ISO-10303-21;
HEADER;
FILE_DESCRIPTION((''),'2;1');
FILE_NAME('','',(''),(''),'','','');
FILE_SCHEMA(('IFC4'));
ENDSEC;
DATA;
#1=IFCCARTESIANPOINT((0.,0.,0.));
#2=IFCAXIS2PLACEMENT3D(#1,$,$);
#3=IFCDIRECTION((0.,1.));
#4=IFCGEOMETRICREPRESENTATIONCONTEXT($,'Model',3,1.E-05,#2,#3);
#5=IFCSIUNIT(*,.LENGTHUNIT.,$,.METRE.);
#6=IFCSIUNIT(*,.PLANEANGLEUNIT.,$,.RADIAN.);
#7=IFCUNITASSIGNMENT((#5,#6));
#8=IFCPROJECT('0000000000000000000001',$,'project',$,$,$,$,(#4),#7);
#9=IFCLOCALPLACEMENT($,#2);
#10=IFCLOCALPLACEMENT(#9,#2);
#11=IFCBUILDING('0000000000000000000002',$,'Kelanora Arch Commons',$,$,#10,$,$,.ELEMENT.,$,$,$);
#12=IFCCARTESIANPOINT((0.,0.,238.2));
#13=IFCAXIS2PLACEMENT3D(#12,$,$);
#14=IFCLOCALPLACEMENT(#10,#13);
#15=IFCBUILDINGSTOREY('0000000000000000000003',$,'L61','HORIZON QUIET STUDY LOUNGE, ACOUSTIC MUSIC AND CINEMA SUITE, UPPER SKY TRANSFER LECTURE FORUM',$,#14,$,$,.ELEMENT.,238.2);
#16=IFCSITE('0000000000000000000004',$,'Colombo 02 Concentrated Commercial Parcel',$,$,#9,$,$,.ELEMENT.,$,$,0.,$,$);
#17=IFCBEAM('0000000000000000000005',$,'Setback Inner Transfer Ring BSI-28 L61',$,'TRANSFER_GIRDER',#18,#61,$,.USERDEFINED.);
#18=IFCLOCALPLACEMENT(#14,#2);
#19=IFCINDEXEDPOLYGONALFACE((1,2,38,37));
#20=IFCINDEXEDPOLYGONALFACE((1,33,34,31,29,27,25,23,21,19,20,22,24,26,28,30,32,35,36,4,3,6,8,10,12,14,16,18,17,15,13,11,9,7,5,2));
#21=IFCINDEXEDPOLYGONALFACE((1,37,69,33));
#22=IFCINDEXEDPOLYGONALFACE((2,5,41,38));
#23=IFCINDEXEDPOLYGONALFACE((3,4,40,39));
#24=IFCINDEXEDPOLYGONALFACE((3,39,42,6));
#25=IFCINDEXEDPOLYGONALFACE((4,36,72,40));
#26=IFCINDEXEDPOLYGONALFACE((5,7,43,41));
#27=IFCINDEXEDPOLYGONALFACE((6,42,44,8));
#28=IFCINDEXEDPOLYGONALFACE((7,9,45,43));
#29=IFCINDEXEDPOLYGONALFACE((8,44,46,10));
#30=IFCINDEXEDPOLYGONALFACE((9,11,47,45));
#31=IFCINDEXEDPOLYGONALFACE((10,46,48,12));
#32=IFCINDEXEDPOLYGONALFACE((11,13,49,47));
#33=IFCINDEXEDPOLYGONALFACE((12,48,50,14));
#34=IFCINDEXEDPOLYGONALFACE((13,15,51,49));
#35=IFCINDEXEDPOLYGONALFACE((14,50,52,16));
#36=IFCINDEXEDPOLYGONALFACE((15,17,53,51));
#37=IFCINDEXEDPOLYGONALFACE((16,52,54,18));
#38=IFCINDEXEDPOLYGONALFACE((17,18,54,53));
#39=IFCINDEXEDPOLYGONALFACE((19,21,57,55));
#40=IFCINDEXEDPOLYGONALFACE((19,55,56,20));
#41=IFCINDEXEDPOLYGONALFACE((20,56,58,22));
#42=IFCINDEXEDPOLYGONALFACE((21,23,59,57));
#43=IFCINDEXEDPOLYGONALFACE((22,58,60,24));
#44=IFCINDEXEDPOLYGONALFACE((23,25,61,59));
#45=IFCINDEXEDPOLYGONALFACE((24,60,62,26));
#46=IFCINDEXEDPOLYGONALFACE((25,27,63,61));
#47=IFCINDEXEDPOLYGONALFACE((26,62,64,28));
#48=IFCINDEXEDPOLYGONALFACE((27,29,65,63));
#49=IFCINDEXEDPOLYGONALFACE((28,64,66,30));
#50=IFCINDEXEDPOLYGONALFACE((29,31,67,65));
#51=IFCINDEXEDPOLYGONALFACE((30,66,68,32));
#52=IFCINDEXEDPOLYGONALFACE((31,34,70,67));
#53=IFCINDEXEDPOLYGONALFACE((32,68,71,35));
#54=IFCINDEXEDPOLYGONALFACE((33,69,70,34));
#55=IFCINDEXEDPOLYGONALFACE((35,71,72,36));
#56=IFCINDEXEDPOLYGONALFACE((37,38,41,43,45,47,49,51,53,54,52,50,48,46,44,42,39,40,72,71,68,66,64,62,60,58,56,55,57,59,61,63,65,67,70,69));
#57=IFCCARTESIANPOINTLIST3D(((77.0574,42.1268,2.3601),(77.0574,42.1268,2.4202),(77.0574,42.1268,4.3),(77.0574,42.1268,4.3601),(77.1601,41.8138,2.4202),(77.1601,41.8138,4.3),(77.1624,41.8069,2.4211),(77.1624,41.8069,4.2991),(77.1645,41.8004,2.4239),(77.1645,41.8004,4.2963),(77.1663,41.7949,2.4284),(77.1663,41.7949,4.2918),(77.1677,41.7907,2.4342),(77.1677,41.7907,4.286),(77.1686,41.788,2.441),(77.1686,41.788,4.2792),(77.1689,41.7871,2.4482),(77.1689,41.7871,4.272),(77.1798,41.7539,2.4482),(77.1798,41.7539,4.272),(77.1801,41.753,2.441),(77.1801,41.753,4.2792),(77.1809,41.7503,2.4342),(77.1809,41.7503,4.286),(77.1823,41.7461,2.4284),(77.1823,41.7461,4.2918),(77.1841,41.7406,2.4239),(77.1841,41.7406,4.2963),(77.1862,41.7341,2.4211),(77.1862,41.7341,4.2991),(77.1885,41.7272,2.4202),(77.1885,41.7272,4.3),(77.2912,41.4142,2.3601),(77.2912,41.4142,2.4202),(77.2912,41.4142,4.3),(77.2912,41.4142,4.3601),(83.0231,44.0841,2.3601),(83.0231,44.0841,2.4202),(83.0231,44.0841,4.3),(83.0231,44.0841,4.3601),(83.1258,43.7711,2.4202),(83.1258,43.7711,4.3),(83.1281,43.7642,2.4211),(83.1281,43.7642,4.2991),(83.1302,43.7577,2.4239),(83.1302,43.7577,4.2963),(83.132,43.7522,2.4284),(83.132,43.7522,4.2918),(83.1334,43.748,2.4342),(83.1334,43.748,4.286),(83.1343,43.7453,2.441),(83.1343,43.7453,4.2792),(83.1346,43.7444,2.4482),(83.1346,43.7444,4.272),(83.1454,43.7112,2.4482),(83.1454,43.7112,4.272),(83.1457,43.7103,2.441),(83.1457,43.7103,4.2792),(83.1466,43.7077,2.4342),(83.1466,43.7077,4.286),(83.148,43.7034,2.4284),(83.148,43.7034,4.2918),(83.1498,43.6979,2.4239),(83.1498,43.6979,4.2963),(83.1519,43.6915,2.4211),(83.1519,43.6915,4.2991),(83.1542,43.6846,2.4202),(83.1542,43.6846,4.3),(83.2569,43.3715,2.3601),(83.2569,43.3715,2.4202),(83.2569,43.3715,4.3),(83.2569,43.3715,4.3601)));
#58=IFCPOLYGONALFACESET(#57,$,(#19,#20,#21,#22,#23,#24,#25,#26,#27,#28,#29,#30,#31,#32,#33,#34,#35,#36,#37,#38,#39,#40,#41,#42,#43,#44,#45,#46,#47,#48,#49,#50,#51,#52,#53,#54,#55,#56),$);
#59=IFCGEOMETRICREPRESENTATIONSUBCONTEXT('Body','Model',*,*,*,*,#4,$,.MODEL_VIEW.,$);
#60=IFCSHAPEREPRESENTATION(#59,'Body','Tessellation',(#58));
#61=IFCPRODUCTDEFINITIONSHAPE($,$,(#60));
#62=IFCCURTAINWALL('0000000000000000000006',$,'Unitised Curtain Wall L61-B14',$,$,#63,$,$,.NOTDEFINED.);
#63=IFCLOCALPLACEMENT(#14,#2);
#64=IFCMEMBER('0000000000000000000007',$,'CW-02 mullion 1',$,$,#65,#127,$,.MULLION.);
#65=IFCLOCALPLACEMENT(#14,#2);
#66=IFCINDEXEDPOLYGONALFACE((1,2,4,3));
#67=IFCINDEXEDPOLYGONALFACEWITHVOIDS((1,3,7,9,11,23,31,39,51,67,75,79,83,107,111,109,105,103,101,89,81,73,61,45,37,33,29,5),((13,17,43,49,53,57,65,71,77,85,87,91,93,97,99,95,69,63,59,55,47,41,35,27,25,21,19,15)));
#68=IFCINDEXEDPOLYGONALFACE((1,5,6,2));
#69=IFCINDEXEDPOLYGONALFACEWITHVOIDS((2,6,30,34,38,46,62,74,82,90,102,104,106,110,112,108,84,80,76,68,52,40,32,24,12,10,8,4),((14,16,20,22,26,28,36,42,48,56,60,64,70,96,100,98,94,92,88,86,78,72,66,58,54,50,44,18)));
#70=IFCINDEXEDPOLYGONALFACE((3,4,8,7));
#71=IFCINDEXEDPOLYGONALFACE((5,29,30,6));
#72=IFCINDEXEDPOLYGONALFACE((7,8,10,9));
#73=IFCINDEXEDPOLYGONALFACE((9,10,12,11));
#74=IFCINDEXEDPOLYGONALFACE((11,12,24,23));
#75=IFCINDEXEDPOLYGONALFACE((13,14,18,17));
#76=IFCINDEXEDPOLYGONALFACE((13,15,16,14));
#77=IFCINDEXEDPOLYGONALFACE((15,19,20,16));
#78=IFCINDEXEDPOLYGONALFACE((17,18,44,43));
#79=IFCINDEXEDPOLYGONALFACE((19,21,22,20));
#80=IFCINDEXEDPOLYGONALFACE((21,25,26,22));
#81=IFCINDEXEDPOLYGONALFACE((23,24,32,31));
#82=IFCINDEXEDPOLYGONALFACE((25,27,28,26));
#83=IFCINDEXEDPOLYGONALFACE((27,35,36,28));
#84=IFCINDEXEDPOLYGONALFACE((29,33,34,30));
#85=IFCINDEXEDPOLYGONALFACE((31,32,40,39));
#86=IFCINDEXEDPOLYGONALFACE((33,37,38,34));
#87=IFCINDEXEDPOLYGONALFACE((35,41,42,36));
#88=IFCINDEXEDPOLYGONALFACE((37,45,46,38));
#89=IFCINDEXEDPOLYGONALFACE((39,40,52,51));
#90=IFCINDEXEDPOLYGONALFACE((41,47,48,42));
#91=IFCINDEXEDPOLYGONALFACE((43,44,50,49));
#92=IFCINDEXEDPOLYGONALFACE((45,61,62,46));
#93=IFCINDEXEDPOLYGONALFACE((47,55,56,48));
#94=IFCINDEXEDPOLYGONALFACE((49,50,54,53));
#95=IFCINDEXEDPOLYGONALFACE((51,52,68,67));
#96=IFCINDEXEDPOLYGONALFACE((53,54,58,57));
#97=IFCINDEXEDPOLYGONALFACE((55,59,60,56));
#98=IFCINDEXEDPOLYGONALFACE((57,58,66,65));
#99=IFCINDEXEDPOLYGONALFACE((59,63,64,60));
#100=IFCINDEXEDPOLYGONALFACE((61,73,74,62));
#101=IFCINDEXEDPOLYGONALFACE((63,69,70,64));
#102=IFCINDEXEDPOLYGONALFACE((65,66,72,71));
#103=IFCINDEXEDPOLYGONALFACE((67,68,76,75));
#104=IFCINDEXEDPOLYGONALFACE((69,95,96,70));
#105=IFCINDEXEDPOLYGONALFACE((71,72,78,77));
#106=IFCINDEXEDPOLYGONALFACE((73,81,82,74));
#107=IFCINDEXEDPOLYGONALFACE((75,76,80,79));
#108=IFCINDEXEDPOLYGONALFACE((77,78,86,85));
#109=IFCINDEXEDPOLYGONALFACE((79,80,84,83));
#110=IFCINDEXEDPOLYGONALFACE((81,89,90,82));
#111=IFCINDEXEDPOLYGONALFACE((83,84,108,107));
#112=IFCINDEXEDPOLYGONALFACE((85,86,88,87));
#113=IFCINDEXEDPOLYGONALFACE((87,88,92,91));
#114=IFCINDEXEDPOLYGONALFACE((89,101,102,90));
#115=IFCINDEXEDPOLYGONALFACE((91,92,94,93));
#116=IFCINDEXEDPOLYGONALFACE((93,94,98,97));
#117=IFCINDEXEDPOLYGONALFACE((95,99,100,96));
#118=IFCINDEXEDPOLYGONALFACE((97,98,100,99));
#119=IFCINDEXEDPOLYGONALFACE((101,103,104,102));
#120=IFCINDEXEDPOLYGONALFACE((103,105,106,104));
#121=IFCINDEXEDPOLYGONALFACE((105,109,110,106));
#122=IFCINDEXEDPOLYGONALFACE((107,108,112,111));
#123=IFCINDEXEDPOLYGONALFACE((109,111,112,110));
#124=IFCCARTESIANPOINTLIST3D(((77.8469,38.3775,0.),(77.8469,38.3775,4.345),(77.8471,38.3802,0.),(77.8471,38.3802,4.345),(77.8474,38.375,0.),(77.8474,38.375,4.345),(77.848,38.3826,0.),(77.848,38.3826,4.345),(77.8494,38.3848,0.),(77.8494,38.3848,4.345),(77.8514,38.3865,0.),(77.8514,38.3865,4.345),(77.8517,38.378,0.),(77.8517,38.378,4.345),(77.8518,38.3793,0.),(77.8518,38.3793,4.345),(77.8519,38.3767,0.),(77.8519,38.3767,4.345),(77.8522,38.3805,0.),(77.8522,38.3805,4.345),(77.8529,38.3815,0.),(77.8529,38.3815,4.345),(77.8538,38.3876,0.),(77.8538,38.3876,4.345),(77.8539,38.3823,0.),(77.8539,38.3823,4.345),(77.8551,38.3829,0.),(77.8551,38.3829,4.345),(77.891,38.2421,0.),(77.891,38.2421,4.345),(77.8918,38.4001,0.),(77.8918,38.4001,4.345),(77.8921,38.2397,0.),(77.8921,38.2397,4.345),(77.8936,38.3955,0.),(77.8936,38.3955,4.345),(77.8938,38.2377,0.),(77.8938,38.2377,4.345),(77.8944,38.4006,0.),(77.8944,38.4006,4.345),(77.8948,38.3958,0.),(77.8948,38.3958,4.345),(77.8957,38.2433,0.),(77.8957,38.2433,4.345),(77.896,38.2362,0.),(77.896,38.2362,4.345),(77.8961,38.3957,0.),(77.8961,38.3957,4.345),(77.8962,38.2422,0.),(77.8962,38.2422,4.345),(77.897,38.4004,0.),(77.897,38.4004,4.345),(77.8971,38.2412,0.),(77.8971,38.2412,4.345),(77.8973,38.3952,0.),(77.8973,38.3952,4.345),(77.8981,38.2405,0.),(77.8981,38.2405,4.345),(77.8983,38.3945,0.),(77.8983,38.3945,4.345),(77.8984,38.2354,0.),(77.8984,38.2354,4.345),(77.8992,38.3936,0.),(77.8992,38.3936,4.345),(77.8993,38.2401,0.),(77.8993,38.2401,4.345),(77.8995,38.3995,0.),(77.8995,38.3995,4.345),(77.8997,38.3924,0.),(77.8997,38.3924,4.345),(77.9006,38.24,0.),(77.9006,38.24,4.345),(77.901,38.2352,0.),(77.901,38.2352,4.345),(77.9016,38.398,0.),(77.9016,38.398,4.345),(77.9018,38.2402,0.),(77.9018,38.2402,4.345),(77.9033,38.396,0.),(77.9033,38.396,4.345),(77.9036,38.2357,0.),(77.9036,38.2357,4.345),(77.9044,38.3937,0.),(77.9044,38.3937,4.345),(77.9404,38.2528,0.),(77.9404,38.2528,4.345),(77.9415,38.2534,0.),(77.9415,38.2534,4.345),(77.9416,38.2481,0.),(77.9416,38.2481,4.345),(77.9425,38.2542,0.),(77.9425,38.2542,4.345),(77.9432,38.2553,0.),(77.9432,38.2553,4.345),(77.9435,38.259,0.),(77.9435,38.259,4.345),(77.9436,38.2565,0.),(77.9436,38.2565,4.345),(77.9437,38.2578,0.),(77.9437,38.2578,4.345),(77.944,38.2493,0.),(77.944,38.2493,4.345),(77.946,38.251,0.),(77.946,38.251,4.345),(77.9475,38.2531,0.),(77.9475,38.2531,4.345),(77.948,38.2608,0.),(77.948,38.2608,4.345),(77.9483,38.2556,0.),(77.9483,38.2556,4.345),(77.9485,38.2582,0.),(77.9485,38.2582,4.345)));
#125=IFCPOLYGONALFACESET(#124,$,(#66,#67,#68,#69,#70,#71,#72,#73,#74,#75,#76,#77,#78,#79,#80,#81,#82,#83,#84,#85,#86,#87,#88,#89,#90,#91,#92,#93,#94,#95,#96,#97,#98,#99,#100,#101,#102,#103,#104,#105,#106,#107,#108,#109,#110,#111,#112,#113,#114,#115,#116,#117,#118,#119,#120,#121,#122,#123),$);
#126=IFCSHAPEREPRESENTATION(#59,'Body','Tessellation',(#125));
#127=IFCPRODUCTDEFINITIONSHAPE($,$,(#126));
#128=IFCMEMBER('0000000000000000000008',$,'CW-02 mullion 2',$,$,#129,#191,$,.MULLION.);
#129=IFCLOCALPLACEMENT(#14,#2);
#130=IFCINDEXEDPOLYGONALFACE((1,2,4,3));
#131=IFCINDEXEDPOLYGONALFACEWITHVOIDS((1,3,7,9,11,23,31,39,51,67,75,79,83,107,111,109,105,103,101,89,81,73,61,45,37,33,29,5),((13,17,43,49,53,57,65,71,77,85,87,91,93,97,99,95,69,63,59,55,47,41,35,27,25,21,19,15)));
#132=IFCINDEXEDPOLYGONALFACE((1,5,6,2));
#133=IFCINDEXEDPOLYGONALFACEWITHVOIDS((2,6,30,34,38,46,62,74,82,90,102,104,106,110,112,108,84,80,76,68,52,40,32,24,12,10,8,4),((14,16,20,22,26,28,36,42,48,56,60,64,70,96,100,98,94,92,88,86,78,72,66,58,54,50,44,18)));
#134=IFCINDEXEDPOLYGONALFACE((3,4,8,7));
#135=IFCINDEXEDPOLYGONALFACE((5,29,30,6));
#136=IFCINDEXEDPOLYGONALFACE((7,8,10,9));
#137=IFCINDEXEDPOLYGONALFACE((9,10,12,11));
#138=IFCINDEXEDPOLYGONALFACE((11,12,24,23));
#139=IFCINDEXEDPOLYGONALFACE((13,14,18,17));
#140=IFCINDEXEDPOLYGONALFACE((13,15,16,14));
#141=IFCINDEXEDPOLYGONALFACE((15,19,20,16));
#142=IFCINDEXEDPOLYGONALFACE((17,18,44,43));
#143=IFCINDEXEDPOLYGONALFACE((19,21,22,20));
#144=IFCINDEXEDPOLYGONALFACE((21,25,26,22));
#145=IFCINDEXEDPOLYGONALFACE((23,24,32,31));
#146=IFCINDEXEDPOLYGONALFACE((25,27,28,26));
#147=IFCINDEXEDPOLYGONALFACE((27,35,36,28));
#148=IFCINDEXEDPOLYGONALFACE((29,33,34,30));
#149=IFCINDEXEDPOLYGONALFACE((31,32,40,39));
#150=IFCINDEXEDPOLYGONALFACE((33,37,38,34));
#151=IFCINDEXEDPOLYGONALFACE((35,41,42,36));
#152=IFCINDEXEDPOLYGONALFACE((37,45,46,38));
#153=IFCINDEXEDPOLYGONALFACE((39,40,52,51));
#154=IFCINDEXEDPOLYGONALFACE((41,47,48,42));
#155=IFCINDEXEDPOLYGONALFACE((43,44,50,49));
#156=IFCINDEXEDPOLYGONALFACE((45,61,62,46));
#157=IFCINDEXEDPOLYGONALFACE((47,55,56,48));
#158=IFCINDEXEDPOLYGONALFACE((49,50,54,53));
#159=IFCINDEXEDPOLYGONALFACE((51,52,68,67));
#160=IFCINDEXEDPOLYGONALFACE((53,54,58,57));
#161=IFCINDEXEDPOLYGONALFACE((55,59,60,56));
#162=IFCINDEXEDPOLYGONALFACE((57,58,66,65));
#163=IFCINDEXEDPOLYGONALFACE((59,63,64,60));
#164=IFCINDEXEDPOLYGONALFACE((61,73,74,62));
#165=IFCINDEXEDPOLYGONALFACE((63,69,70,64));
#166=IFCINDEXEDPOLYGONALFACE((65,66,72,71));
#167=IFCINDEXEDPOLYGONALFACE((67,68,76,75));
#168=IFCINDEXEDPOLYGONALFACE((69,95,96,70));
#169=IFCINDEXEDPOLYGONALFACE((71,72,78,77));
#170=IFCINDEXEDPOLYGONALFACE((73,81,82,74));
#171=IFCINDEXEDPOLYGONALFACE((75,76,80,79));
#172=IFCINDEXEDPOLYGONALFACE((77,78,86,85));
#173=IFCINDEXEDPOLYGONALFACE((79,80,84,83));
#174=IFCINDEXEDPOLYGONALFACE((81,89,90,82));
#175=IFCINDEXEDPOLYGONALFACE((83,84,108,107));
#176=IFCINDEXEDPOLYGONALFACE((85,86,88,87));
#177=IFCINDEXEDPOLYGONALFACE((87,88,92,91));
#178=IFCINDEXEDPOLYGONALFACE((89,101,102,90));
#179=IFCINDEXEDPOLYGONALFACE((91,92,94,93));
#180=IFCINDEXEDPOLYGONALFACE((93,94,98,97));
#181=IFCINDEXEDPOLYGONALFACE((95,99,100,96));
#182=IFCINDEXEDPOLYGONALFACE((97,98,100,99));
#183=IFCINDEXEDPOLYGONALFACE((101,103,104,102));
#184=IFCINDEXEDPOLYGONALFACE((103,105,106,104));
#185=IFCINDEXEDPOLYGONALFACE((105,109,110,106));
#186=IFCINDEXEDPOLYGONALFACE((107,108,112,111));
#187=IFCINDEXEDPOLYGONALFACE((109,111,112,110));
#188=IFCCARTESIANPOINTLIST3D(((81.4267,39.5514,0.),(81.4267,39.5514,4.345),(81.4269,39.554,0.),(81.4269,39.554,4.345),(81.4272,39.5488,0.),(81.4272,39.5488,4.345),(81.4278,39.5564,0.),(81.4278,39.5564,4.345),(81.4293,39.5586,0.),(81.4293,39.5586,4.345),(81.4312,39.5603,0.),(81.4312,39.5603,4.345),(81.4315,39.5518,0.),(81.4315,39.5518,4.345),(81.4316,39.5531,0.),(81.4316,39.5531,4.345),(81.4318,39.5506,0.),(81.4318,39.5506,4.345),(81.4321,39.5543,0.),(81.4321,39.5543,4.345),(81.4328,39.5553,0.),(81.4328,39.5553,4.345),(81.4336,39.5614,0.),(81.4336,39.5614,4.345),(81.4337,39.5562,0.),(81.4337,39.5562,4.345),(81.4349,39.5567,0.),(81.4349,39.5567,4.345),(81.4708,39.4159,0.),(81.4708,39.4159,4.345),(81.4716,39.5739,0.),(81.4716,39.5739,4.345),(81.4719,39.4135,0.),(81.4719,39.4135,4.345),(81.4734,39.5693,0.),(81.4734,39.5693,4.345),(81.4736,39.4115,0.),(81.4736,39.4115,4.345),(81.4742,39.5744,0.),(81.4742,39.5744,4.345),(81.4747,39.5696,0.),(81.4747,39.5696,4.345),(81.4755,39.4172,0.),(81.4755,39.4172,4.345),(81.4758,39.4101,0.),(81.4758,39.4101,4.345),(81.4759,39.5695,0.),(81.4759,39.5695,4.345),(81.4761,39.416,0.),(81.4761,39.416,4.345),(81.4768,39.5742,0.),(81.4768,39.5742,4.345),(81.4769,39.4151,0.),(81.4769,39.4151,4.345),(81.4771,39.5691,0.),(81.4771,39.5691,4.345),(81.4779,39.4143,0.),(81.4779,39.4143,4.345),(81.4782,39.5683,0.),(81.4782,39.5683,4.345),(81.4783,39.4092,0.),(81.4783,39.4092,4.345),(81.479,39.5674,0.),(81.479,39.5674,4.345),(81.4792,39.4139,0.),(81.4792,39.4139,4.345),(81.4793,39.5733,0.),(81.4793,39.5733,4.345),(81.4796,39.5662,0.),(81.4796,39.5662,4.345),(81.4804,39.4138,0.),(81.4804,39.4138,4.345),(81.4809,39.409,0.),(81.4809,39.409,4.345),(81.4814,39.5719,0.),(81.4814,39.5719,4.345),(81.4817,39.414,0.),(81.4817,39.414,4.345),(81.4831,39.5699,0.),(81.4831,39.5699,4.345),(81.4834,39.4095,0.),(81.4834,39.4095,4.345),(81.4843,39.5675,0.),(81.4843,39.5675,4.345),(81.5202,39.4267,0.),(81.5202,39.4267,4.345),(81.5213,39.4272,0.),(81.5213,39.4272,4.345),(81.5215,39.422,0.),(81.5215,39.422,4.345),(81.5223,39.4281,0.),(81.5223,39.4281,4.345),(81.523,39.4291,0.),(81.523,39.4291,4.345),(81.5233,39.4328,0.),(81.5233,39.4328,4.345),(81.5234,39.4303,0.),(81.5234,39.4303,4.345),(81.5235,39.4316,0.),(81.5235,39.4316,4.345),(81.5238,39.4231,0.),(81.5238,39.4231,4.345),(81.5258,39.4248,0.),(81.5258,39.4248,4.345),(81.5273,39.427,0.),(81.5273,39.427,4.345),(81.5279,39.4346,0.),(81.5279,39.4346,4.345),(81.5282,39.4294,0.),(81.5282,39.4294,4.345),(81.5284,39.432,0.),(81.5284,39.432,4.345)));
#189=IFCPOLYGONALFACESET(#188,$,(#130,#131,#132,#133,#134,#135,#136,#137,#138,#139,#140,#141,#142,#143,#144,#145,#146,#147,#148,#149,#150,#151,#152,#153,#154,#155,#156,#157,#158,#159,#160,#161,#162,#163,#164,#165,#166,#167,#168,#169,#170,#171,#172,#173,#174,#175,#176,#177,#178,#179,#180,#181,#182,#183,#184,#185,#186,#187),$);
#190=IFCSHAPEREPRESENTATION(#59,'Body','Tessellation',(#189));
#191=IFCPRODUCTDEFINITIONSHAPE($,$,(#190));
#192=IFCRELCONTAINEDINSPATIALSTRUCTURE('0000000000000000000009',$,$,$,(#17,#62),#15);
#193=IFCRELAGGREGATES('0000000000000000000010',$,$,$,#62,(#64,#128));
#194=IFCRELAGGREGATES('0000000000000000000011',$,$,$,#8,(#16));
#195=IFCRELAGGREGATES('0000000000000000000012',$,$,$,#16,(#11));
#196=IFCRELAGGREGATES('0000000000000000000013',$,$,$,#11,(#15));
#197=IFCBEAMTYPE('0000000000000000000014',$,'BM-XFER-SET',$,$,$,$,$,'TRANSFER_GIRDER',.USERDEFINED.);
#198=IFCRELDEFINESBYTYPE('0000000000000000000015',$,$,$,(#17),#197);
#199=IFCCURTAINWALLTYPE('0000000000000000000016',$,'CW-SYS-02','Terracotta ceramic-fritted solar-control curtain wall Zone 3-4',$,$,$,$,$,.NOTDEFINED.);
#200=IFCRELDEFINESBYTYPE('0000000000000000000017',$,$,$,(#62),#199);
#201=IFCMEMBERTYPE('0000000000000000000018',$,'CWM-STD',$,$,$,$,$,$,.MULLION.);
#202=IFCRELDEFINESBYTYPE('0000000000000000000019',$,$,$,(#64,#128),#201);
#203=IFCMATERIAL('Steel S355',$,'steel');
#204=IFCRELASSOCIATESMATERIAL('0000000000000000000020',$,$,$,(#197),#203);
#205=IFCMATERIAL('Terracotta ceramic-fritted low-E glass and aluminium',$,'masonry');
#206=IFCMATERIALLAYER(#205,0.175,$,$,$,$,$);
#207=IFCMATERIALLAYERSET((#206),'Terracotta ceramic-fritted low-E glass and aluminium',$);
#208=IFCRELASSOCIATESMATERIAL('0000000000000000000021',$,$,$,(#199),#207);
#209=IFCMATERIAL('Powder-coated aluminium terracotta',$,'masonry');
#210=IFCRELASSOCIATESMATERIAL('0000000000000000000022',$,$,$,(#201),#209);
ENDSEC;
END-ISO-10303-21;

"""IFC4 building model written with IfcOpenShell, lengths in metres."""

from ifc_helpers import new_model, si_unit, direction, frame, origin, origin_2d, place, context, subcontext, project, spatial, hollow_rectangle, i_section, extrude, material, layer, layer_set, material_profile, profile_set, type_object, element, aggregate, save


model = new_model("IFC4")

# Units and contexts
model_context = context("Model", 3, precision=1e-05, world=origin(), true_north=direction((0.0, 1.0)))
body_context = subcontext(model_context, "Body", "Model", "MODEL_VIEW")
ifc_project = project(units=[si_unit("LENGTHUNIT", "METRE"), si_unit("PLANEANGLEUNIT", "RADIAN")], contexts=[model_context])

# Site, building, storey
site_placement = place(None, origin())
site = spatial("IfcSite", under=ifc_project, at=site_placement, Name="Colombo 02 Concentrated Commercial Parcel", CompositionType="ELEMENT", RefElevation=0.0)
building_placement = place(site_placement, origin())
building = spatial("IfcBuilding", under=site, at=building_placement, Name="Kelanora Arch Commons", CompositionType="ELEMENT")
storey_placement = place(building_placement, frame((0.0, 0.0, 238.2)))
storey = spatial("IfcBuildingStorey", under=building, at=storey_placement, Name="L61", Description="HORIZON QUIET STUDY LOUNGE, ACOUSTIC MUSIC AND CINEMA SUITE, UPPER SKY TRANSFER LECTURE FORUM", CompositionType="ELEMENT", Elevation=238.2)

# Beam
ifc_material_1 = material(Name="Steel S355", Category="steel")
ifc_material_profile_1 = material_profile(ifc_material_1, i_section(OverallWidth=0.75, OverallDepth=2.0, WebThickness=0.0349, FlangeThickness=0.0601, FilletRadius=0.0281, at=origin_2d()), Name="PG2000x750")
ifc_profile_set_1 = profile_set([ifc_material_profile_1], Name="Steel S355")
beam_type_1 = type_object("IfcBeamType", Name="BM-XFER-SET", ElementType="TRANSFER_GIRDER", PredefinedType="USERDEFINED", material=ifc_profile_set_1)
beam_1_placement = place(storey_placement, frame((77.1743, 41.7705, 3.3601), z_axis=(0.950166, 0.311745, 0.0), x_axis=(-0.311745, 0.950166, 0.0)))
element("IfcBeam", 1, at=beam_1_placement, inside=storey, type_object=beam_type_1, Name="Setback Inner Transfer Ring BSI-28 L61", ObjectType="TRANSFER_GIRDER", PredefinedType="USERDEFINED", context=body_context, shape_type="SweptSolid", body=[
    extrude(i_section(OverallWidth=0.75, OverallDepth=2.0, WebThickness=0.0349, FlangeThickness=0.0601, FilletRadius=0.0281, at=origin_2d()), origin(), (0.0, 0.0, 1.0), 6.2786),
])

# Curtain wall, members
ifc_material_2 = material(Name="Terracotta ceramic-fritted low-E glass and aluminium", Category="masonry")
ifc_layer_1 = layer(ifc_material_2, 0.175)
ifc_layer_set_1 = layer_set([ifc_layer_1], Name="Terracotta ceramic-fritted low-E glass and aluminium")
curtain_wall_type = type_object("IfcCurtainWallType", Name="CW-SYS-02", Description="Terracotta ceramic-fritted solar-control curtain wall Zone 3-4", PredefinedType="NOTDEFINED", material=ifc_layer_set_1)
curtain_wall_placement = place(storey_placement, origin())
curtain_wall = element("IfcCurtainWall", 2, at=curtain_wall_placement, inside=storey, type_object=curtain_wall_type, Name="Unitised Curtain Wall L61-B14", PredefinedType="NOTDEFINED")
ifc_material_3 = material(Name="Powder-coated aluminium terracotta", Category="masonry")
ifc_material_profile_2 = material_profile(ifc_material_3, hollow_rectangle(XDim=0.1599, YDim=0.0601, WallThickness=0.0049, InnerFilletRadius=0.0049, OuterFilletRadius=0.01, at=origin_2d()), Name="CWM160x60")
ifc_profile_set_2 = profile_set([ifc_material_profile_2], Name="Powder-coated aluminium terracotta")
member_type_1 = type_object("IfcMemberType", Name="CWM-STD", PredefinedType="MULLION", material=ifc_profile_set_2)
member_1_placement = place(storey_placement, frame((77.8977, 38.3179, 0.0), z_axis=(0.0, 0.0, 1.0), x_axis=(-0.311582, 0.950219, 0.0)))
member_1 = element("IfcMember", 3, at=member_1_placement, type_object=member_type_1, Name="CW-02 mullion 1", PredefinedType="MULLION", context=body_context, shape_type="SweptSolid", body=[
    extrude(hollow_rectangle(XDim=0.1599, YDim=0.0601, WallThickness=0.0049, InnerFilletRadius=0.0049, OuterFilletRadius=0.01, at=origin_2d()), origin(), (0.0, 0.0, 1.0), 4.345),
])
member_2_placement = place(storey_placement, frame((81.4775, 39.4917, 0.0), z_axis=(0.0, 0.0, 1.0), x_axis=(-0.311582, 0.950219, 0.0)))
member_2 = element("IfcMember", 4, at=member_2_placement, type_object=member_type_1, Name="CW-02 mullion 2", PredefinedType="MULLION", context=body_context, shape_type="SweptSolid", body=[
    extrude(hollow_rectangle(XDim=0.1599, YDim=0.0601, WallThickness=0.0049, InnerFilletRadius=0.0049, OuterFilletRadius=0.01, at=origin_2d()), origin(), (0.0, 0.0, 1.0), 4.345),
])
aggregate(curtain_wall, [member_1, member_2])

save(model, "model.ifc")
